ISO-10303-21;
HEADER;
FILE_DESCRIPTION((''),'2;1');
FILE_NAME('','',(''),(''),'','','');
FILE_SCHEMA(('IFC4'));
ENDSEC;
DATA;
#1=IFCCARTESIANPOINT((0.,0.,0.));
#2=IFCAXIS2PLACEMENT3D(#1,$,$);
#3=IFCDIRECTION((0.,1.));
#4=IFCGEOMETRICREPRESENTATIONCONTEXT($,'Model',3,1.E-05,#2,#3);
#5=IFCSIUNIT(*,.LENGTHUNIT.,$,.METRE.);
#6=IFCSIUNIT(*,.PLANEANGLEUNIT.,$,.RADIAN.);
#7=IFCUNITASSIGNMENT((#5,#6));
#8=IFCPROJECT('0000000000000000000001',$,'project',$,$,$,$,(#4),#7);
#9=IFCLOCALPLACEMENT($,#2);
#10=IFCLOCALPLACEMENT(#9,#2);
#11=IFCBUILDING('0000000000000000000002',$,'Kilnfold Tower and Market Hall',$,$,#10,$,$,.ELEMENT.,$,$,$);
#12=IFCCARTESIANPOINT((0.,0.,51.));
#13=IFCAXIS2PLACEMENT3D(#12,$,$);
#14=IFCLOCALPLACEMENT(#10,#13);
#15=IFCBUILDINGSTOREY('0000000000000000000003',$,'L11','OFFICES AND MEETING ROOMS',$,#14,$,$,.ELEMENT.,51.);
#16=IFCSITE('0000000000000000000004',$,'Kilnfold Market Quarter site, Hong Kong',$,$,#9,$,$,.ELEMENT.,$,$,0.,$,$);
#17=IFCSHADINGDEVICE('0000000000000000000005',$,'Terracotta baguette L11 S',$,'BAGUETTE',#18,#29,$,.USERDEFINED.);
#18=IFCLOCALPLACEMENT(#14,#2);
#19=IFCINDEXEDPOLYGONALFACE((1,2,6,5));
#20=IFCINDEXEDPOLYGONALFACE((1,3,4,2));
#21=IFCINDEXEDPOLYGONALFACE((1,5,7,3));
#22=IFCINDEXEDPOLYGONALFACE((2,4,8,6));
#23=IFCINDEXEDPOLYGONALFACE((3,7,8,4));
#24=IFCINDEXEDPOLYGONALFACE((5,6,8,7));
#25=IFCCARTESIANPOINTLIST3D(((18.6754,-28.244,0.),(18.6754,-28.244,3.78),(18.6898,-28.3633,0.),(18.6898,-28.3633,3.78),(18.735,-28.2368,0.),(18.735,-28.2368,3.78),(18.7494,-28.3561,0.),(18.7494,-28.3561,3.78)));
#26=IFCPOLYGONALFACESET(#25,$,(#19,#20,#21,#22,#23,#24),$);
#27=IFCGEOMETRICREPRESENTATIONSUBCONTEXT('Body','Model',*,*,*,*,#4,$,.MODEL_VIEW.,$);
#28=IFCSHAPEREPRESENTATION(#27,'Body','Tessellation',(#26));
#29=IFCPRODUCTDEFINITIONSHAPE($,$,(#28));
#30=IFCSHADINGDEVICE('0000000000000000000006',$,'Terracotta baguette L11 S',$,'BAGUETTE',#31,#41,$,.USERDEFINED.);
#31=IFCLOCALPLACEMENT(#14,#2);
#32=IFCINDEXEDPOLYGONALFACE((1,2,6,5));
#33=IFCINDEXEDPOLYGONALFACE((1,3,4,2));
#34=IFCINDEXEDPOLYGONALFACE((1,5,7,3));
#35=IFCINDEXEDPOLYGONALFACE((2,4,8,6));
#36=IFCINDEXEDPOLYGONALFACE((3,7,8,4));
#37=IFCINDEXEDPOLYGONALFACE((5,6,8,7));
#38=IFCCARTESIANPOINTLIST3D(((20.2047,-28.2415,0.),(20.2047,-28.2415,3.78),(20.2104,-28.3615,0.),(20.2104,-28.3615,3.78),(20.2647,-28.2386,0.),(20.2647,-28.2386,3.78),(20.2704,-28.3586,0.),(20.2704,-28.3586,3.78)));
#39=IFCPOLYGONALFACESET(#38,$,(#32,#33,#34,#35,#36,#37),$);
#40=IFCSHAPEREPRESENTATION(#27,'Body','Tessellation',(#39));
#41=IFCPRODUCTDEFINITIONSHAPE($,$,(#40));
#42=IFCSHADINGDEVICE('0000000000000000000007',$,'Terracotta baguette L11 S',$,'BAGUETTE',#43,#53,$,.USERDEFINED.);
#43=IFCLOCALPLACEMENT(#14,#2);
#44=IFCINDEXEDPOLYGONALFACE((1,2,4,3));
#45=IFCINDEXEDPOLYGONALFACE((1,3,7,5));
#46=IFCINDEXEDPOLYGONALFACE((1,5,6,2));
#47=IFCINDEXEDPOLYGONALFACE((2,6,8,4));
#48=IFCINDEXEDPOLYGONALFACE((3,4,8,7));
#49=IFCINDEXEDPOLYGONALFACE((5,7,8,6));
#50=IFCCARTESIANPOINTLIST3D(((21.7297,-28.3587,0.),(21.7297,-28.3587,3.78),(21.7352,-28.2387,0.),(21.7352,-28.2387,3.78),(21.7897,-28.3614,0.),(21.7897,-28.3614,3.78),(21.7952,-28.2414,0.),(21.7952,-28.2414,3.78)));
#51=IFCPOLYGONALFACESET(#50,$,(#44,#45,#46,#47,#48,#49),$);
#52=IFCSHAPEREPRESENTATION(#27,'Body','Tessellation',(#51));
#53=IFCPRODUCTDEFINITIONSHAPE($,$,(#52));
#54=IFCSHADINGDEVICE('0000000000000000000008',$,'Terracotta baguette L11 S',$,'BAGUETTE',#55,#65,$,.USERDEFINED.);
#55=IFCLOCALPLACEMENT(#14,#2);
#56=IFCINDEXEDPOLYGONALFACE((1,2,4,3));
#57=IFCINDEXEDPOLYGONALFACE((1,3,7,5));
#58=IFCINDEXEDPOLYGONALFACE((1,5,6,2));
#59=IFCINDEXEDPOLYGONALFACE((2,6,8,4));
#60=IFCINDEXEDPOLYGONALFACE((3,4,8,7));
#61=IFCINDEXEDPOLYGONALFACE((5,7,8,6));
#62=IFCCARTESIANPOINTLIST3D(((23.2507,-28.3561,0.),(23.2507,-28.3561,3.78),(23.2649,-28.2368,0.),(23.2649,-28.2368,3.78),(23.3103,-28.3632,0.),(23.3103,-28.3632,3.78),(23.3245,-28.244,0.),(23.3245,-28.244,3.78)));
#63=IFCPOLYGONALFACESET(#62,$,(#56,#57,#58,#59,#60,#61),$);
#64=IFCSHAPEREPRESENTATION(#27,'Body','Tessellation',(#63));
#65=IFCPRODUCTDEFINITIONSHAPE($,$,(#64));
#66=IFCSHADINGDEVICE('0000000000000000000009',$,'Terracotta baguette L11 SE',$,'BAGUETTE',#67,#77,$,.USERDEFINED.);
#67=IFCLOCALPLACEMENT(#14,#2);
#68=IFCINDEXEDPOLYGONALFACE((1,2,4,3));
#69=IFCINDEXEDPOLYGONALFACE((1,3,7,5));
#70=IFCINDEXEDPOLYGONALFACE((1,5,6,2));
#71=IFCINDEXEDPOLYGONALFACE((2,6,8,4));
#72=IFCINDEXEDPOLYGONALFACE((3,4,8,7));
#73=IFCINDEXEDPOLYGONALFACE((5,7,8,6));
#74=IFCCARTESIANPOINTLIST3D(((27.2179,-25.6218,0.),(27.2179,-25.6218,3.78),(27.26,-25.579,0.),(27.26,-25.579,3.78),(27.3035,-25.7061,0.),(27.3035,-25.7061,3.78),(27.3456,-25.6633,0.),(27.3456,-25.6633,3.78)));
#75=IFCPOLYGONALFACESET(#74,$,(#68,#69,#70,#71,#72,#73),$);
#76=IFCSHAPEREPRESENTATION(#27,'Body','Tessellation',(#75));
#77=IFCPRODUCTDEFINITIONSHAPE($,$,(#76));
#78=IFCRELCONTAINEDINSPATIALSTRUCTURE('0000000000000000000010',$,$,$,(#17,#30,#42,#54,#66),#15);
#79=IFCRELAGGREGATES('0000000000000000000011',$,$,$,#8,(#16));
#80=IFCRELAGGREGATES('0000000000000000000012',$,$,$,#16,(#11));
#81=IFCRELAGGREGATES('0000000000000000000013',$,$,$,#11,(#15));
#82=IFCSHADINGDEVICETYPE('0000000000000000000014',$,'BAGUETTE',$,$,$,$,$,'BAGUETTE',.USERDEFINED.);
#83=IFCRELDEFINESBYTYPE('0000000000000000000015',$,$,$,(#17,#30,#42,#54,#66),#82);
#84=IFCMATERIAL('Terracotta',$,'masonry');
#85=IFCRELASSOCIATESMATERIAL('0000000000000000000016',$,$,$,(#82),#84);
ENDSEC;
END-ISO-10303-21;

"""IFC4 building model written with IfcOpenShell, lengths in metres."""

from ifc_helpers import new_model, si_unit, direction, frame, origin, origin_2d, place, context, subcontext, project, spatial, rectangle, extrude, source, transform, mapped, material, material_profile, profile_set, type_object, element, save


model = new_model("IFC4")

# Units and contexts
model_context = context("Model", 3, precision=1e-05, world=origin(), true_north=direction((0.0, 1.0)))
body_context = subcontext(model_context, "Body", "Model", "MODEL_VIEW")
ifc_project = project(units=[si_unit("LENGTHUNIT", "METRE"), si_unit("PLANEANGLEUNIT", "RADIAN")], contexts=[model_context])

# Site, building, storey
site_placement = place(None, origin())
site = spatial("IfcSite", under=ifc_project, at=site_placement, Name="Kilnfold Market Quarter site, Hong Kong", CompositionType="ELEMENT", RefElevation=0.0)
building_placement = place(site_placement, origin())
building = spatial("IfcBuilding", under=site, at=building_placement, Name="Kilnfold Tower and Market Hall", CompositionType="ELEMENT")
storey_placement = place(building_placement, frame((0.0, 0.0, 51.0)))
storey = spatial("IfcBuildingStorey", under=building, at=storey_placement, Name="L11", Description="OFFICES AND MEETING ROOMS", CompositionType="ELEMENT", Elevation=51.0)

# Shading devices
ifc_material_1 = material(Name="Terracotta", Category="masonry")
ifc_material_profile_1 = material_profile(ifc_material_1, rectangle(XDim=0.0601, YDim=0.1201, at=origin_2d()), Name="BAG 60x120")
ifc_profile_set_1 = profile_set([ifc_material_profile_1], Name="Terracotta")
shading_device_type = type_object("IfcShadingDeviceType", Name="BAGUETTE", ElementType="BAGUETTE", PredefinedType="USERDEFINED", material=ifc_profile_set_1)
shared_shape_1 = source(origin(), body_context, "Body", "SweptSolid", [
    extrude(rectangle(XDim=0.0601, YDim=0.1201, at=origin_2d()), origin(), (0.0, 0.0, 1.0), 3.78),
])
for number, where, z_axis, x_axis, name in (
    (1, (18.7124, -28.3, 0.0), (0.0, 0.0, 1.0), (0.992819, 0.119624, 0.0), "Terracotta baguette L11 S"),
    (2, (20.2375, -28.3, 0.0), (0.0, 0.0, 1.0), (0.998864, 0.047661, 0.0), "Terracotta baguette L11 S"),
    (3, (21.7625, -28.3, 0.0), (0.0, 0.0, 1.0), (0.998941, -0.04601, 0.0), "Terracotta baguette L11 S"),
    (4, (23.2876, -28.3, 0.0), (0.0, 0.0, 1.0), (0.992928, -0.118721, 0.0), "Terracotta baguette L11 S"),
    (5, (27.2817, -25.6426, 0.0), (0.0, 0.0, 1.0), (0.701773, 0.712401, 0.0), "Terracotta baguette L11 SE"),
):
    element("IfcShadingDevice", number, at=place(storey_placement, frame(where, z_axis=z_axis, x_axis=x_axis)), inside=storey, type_object=shading_device_type, Name=name, ObjectType="BAGUETTE", PredefinedType="USERDEFINED", context=body_context, shape_type="MappedRepresentation", body=[
        mapped(shared_shape_1, transform((0.0, 0.0, 0.0))),
    ])

save(model, "model.ifc")
